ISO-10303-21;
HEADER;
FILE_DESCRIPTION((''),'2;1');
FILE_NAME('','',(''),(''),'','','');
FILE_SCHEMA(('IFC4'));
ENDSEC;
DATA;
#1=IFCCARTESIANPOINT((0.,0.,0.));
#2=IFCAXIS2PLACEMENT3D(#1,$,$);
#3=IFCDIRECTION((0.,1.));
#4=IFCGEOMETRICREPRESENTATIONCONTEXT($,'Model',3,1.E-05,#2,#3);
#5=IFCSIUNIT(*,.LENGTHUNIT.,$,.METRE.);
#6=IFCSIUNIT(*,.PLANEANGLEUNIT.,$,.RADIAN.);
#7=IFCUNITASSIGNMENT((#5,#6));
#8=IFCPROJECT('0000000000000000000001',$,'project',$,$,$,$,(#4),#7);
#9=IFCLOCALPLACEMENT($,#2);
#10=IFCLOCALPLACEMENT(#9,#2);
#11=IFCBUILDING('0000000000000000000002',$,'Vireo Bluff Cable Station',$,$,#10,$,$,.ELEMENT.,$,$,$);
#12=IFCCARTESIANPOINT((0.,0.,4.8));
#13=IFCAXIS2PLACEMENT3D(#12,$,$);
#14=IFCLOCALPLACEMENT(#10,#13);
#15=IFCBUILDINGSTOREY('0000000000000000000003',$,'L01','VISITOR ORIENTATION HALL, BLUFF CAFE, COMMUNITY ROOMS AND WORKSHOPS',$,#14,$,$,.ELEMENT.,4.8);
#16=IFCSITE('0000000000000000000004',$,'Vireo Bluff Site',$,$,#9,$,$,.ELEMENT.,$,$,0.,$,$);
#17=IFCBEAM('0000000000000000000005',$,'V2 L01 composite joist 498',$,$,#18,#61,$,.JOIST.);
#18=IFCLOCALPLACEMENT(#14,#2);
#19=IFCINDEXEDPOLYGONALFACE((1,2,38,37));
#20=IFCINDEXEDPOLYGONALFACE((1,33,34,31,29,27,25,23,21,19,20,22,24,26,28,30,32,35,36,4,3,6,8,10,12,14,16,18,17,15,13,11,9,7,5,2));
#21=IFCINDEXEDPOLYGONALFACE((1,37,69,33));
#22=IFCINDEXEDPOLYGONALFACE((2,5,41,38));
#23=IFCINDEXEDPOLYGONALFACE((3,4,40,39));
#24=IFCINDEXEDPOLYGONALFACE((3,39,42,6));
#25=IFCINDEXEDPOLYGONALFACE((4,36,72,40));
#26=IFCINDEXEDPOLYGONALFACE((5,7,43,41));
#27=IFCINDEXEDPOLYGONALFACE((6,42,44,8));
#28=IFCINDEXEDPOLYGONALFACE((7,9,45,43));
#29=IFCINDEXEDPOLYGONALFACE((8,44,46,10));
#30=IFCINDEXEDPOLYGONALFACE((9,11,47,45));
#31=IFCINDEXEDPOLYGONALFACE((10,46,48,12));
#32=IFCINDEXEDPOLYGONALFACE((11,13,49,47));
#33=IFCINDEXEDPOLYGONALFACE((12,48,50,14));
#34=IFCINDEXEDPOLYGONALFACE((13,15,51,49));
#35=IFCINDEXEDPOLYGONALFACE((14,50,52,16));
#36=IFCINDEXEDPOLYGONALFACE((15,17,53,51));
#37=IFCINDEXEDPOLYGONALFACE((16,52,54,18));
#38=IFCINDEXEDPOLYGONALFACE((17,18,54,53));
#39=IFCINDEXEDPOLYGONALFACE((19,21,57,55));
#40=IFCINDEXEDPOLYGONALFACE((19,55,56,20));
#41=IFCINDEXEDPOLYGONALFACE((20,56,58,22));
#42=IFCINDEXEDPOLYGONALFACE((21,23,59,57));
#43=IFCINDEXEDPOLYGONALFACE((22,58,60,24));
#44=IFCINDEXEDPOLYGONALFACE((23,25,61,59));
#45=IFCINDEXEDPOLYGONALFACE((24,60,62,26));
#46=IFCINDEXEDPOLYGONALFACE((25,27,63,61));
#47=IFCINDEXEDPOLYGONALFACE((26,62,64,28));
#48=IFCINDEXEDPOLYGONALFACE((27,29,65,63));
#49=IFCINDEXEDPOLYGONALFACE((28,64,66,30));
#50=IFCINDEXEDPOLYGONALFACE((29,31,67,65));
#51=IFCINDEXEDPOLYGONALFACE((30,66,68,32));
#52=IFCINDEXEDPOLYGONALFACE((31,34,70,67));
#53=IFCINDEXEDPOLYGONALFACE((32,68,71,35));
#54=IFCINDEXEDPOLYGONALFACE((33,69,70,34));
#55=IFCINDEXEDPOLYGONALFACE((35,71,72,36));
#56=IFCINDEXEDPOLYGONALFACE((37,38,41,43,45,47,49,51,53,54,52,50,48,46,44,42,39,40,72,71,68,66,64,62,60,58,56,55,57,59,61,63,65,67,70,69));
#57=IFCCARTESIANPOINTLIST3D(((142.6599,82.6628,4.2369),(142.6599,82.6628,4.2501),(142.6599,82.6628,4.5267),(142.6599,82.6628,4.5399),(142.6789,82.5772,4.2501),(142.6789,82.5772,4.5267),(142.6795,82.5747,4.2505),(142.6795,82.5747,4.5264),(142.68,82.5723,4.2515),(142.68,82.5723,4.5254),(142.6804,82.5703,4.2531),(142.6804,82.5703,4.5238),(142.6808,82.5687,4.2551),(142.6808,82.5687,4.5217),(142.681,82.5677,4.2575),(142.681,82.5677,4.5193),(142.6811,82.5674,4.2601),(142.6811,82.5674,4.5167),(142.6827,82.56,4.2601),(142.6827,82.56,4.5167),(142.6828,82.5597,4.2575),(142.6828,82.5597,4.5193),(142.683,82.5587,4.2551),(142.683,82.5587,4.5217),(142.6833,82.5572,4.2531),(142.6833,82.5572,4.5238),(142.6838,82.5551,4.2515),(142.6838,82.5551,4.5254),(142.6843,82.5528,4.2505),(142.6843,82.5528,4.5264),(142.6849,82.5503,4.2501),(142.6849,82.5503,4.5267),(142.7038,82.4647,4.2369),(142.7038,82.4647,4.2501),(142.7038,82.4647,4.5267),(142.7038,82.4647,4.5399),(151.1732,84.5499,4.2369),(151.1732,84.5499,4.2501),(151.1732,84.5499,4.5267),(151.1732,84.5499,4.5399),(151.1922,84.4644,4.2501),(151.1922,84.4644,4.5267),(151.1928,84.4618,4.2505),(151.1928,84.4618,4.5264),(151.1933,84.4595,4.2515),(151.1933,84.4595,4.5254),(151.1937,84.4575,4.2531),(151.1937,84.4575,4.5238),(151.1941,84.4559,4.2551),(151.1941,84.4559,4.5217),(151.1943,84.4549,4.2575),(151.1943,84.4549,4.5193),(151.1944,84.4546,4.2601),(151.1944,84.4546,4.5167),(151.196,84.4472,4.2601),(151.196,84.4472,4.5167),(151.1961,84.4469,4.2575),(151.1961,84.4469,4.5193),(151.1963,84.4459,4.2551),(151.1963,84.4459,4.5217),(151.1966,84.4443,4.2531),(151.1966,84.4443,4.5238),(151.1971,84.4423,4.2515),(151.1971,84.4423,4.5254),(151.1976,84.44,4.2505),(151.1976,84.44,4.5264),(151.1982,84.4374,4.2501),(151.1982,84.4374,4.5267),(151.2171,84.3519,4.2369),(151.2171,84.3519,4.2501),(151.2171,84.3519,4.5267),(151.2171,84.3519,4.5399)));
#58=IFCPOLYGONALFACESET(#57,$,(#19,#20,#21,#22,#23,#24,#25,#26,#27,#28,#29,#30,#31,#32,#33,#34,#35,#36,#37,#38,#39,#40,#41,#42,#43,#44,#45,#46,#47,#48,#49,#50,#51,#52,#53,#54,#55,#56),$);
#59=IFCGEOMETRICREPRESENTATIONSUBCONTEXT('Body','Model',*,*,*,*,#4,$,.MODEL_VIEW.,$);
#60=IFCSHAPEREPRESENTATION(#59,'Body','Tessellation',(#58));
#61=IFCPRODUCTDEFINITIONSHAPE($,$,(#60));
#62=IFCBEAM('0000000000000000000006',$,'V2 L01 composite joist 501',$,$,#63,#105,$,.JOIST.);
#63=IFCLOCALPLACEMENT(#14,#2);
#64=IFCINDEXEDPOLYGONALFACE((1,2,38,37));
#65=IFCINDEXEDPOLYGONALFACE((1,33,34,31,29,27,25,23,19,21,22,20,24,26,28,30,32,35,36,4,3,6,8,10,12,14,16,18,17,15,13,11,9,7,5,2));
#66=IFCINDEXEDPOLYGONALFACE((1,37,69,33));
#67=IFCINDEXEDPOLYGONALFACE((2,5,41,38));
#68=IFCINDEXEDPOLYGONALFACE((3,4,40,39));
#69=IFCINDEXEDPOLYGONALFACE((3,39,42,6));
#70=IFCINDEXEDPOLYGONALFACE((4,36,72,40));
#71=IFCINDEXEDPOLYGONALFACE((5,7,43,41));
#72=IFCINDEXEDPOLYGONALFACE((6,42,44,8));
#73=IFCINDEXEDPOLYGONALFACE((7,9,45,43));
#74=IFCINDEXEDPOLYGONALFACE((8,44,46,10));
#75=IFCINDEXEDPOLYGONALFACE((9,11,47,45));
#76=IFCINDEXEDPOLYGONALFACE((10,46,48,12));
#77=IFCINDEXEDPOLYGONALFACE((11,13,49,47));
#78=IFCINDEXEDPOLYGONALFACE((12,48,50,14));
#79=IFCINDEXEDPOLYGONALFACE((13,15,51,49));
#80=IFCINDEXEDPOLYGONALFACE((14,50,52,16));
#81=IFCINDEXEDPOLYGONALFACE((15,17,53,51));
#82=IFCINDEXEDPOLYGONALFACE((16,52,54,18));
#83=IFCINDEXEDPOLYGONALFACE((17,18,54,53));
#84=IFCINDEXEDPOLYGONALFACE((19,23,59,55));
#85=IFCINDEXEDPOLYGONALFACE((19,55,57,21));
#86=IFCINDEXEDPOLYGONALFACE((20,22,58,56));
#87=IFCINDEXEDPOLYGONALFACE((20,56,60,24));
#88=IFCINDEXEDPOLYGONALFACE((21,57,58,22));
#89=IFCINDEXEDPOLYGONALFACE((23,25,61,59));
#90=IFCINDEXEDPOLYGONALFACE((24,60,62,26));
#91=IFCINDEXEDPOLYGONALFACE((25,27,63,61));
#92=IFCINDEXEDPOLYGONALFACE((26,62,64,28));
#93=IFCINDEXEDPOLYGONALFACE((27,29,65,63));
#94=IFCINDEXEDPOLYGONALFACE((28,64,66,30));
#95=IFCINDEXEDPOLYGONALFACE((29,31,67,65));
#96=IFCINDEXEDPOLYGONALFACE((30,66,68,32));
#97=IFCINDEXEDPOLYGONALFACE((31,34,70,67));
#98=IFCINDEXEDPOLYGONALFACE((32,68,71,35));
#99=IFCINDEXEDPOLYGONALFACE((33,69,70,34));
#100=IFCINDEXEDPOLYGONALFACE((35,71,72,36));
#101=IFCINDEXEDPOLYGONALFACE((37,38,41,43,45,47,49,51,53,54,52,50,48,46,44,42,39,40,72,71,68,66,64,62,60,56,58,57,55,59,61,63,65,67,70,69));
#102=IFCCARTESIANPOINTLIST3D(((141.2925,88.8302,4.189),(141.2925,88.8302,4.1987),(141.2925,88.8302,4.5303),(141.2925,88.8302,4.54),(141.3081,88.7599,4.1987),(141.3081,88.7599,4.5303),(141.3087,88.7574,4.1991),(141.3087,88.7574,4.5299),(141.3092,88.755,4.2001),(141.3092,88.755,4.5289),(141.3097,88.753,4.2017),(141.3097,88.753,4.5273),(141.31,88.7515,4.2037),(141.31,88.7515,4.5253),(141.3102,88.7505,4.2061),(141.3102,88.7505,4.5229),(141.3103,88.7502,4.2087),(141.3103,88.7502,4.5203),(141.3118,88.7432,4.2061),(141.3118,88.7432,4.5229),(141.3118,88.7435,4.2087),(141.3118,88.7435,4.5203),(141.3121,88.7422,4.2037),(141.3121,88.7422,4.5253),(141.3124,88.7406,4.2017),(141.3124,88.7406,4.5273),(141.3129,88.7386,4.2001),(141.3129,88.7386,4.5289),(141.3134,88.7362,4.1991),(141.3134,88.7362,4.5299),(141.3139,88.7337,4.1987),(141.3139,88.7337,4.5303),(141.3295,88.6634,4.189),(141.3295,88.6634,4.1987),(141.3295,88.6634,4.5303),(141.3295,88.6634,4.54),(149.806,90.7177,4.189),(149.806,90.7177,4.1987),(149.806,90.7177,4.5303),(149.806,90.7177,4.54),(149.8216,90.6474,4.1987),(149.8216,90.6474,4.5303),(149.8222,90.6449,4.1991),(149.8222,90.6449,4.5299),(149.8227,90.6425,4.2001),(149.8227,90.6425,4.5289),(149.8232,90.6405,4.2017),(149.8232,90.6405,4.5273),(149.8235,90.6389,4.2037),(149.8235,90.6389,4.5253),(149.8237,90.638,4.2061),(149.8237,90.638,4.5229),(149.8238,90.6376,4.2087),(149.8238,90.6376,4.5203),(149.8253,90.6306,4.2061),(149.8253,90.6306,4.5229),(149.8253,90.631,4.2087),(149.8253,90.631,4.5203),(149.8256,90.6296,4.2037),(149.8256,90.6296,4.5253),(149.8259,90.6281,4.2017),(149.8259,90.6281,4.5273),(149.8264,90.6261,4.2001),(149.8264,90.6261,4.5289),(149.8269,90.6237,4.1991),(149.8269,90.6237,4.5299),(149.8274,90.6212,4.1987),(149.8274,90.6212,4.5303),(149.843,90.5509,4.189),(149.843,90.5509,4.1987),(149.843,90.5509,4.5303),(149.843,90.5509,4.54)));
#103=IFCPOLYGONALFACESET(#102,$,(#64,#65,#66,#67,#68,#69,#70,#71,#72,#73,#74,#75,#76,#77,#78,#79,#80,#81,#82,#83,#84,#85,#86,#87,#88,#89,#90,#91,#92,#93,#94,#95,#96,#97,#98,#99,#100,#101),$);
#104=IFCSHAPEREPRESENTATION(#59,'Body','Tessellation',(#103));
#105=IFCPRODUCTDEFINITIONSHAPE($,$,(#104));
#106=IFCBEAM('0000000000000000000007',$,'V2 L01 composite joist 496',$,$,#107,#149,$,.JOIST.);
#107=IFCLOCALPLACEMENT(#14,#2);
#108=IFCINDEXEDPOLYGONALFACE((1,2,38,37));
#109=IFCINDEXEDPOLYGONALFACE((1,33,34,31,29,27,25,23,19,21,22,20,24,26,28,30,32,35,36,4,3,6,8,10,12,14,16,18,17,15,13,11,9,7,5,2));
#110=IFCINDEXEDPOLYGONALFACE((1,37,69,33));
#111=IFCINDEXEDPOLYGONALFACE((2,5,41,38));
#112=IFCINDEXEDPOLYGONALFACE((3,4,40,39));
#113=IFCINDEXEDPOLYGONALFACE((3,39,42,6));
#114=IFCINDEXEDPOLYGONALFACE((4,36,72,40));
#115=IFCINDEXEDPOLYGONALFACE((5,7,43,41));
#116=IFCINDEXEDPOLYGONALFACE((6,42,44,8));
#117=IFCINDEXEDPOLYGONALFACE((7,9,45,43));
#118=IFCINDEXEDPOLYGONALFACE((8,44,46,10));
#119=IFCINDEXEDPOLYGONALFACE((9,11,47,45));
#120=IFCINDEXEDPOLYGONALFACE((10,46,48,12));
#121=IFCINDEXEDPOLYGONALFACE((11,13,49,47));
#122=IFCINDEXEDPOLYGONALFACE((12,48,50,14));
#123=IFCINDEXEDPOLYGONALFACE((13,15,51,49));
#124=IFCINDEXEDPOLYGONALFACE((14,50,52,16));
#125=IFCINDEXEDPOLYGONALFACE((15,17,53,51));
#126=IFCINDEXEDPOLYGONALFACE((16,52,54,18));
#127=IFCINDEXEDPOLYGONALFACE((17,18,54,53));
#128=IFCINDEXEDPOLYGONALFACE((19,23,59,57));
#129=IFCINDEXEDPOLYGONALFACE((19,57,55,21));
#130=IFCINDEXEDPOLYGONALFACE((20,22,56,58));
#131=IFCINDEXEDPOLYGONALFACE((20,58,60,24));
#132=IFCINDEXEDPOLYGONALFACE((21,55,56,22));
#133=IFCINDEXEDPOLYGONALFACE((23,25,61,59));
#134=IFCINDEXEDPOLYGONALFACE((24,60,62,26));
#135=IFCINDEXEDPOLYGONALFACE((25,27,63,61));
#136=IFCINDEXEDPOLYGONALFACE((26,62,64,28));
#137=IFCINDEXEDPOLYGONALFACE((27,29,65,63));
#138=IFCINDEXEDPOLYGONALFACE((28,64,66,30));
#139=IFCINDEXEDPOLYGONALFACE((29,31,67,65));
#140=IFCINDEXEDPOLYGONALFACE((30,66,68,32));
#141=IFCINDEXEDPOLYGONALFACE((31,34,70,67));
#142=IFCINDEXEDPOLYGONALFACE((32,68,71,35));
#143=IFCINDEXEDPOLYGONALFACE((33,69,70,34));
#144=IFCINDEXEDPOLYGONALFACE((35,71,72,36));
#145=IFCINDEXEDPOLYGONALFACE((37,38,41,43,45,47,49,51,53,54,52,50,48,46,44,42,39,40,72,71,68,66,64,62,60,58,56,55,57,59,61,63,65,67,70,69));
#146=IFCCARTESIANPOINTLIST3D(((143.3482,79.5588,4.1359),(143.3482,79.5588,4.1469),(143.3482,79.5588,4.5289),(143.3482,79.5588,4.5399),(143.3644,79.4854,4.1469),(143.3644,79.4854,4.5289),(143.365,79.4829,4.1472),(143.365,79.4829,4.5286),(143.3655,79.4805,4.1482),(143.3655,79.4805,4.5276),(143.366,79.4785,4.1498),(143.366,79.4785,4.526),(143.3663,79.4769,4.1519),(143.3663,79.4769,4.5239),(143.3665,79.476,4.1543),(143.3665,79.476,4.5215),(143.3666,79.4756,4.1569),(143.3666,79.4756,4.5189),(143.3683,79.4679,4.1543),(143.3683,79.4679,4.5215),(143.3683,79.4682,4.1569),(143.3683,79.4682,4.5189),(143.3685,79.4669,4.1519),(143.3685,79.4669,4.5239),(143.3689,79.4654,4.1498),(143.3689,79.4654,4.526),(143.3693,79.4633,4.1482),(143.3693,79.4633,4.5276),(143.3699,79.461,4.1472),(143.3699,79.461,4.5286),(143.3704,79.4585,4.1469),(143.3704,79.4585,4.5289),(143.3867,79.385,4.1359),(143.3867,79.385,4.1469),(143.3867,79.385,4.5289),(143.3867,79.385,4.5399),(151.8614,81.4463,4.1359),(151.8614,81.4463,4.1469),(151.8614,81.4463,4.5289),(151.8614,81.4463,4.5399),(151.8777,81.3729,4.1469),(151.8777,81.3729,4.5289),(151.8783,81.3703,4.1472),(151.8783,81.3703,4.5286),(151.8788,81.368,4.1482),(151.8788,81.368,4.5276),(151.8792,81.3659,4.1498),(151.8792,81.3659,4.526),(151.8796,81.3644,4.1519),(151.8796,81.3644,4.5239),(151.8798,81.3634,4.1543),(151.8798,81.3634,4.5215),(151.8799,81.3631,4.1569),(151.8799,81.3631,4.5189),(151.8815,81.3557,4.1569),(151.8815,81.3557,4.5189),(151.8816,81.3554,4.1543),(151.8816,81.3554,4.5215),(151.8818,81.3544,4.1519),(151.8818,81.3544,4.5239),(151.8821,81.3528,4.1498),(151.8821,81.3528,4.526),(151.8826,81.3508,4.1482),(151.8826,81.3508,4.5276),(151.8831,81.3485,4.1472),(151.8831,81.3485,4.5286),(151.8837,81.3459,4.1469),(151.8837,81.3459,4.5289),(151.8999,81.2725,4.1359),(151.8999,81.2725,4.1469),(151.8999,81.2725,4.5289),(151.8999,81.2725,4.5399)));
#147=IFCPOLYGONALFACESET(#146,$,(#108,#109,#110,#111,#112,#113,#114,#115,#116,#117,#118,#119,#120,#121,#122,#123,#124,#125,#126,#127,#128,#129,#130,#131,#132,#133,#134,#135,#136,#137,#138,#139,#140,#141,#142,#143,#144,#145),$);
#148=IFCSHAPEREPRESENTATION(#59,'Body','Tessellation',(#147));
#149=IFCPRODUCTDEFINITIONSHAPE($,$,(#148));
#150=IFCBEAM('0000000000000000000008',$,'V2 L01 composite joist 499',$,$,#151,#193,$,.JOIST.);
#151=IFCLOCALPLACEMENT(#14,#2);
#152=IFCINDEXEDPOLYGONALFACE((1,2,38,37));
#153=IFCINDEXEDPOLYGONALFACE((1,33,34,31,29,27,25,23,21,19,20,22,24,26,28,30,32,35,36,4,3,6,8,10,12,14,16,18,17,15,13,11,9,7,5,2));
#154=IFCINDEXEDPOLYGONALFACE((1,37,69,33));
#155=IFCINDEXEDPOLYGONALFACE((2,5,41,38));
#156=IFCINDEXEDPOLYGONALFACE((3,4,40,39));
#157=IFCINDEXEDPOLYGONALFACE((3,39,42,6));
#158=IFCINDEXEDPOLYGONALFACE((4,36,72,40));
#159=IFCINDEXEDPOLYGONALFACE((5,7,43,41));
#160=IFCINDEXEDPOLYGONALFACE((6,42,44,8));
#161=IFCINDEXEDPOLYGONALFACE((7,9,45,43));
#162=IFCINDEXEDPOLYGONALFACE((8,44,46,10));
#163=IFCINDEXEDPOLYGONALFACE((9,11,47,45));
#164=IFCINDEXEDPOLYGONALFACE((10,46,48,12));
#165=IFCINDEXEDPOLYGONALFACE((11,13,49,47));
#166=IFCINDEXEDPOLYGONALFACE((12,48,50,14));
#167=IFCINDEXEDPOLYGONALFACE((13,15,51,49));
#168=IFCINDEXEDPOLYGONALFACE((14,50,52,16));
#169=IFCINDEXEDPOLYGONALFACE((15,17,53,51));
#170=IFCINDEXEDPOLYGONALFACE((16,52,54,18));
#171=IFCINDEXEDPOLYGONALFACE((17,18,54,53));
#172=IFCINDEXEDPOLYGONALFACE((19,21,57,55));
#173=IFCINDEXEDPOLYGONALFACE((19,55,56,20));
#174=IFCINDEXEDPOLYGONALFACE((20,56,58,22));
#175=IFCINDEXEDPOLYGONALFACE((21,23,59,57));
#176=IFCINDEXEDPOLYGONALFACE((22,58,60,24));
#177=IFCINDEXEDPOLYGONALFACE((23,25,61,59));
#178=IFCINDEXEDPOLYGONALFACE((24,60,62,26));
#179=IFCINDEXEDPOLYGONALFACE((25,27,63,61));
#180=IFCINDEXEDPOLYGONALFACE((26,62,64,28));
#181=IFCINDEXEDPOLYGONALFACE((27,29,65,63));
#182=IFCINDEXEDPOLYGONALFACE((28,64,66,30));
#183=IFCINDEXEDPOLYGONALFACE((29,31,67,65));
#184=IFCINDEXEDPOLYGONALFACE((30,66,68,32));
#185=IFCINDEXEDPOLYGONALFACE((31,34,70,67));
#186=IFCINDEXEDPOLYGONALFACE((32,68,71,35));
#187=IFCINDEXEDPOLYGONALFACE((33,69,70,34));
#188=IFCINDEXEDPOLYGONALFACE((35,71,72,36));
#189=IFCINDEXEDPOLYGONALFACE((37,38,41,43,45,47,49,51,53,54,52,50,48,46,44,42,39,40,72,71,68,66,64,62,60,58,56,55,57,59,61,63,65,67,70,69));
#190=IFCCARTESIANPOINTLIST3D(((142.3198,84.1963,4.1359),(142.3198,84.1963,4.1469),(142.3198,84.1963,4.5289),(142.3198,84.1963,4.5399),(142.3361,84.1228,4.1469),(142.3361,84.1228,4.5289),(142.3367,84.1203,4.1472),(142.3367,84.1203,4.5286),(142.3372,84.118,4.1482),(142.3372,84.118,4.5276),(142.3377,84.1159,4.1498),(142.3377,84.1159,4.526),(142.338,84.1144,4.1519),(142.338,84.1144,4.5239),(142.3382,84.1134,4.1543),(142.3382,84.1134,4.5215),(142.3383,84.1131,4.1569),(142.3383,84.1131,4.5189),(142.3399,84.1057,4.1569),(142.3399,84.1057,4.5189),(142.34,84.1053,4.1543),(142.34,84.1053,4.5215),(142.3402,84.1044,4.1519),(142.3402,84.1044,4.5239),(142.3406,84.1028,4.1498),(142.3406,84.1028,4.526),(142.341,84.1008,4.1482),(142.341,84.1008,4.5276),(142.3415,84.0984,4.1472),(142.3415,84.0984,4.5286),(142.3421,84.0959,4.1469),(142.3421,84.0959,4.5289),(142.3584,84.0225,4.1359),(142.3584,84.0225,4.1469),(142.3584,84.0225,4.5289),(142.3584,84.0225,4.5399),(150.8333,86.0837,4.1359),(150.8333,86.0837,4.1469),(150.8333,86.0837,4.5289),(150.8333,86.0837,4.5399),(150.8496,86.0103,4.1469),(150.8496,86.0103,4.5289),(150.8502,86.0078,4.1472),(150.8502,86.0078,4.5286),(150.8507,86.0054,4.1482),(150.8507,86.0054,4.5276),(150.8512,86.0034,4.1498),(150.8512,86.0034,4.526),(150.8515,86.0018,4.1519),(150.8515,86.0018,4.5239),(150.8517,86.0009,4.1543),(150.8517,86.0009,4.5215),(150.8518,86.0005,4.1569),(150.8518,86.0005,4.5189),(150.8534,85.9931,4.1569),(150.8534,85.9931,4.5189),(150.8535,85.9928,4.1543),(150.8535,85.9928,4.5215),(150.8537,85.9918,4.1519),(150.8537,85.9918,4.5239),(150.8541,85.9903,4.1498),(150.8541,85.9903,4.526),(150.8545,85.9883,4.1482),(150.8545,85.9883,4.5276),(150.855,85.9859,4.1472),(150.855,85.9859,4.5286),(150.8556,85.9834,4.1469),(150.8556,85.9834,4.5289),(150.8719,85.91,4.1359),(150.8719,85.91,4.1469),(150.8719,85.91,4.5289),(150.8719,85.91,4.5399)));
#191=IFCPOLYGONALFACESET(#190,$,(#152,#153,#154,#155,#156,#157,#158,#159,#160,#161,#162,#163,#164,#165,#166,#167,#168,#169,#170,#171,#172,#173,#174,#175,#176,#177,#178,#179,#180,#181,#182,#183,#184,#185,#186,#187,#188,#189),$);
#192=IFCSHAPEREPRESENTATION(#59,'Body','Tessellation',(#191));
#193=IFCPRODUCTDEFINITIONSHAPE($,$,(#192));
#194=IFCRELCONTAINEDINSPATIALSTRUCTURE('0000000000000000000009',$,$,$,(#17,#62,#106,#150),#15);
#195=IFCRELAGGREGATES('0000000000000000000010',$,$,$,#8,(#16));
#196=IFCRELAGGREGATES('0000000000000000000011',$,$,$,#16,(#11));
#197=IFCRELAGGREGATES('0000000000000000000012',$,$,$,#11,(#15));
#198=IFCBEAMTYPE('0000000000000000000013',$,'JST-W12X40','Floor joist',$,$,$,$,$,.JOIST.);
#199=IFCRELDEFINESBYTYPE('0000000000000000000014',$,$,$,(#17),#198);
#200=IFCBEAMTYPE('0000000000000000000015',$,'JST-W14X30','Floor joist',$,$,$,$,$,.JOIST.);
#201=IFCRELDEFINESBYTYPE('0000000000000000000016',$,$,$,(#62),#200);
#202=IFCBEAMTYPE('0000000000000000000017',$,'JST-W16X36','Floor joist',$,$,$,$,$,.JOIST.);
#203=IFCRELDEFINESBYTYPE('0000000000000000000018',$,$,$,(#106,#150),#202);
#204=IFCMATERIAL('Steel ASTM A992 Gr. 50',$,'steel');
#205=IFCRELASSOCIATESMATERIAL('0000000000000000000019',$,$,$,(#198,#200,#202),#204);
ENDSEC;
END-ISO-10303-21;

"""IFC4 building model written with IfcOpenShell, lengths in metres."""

from ifc_helpers import new_model, si_unit, direction, frame, origin, origin_2d, place, context, subcontext, project, spatial, i_section, extrude, material, material_profile, profile_set, type_object, element, save


model = new_model("IFC4")

# Units and contexts
model_context = context("Model", 3, precision=1e-05, world=origin(), true_north=direction((0.0, 1.0)))
body_context = subcontext(model_context, "Body", "Model", "MODEL_VIEW")
ifc_project = project(units=[si_unit("LENGTHUNIT", "METRE"), si_unit("PLANEANGLEUNIT", "RADIAN")], contexts=[model_context])

# Site, building, storey
site_placement = place(None, origin())
site = spatial("IfcSite", under=ifc_project, at=site_placement, Name="Vireo Bluff Site", CompositionType="ELEMENT", RefElevation=0.0)
building_placement = place(site_placement, origin())
building = spatial("IfcBuilding", under=site, at=building_placement, Name="Vireo Bluff Cable Station", CompositionType="ELEMENT")
storey_placement = place(building_placement, frame((0.0, 0.0, 4.8)))
storey = spatial("IfcBuildingStorey", under=building, at=storey_placement, Name="L01", Description="VISITOR ORIENTATION HALL, BLUFF CAFE, COMMUNITY ROOMS AND WORKSHOPS", CompositionType="ELEMENT", Elevation=4.8)

# Shared definitions
ifc_material_1 = material(Name="Steel ASTM A992 Gr. 50", Category="steel")

# Beams
ifc_material_profile_1 = material_profile(ifc_material_1, i_section(OverallWidth=0.2029, OverallDepth=0.303, WebThickness=0.0076, FlangeThickness=0.0132, FilletRadius=0.01, at=origin_2d()), Name="W12X40")
ifc_profile_set_1 = profile_set([ifc_material_profile_1], Name="Steel ASTM A992 Gr. 50")
beam_type_1 = type_object("IfcBeamType", Name="JST-W12X40", Description="Floor joist", PredefinedType="JOIST", material=ifc_profile_set_1)
beam_1_placement = place(storey_placement, frame((142.6819, 82.5637, 4.3884), z_axis=(0.9763, 0.216421, 0.0), x_axis=(-0.216421, 0.9763, 0.0)))
element("IfcBeam", 1, at=beam_1_placement, inside=storey, type_object=beam_type_1, Name="V2 L01 composite joist 498", PredefinedType="JOIST", context=body_context, shape_type="SweptSolid", body=[
    extrude(i_section(OverallWidth=0.2029, OverallDepth=0.303, WebThickness=0.0076, FlangeThickness=0.0132, FilletRadius=0.01, at=origin_2d()), origin(), (0.0, 0.0, 1.0), 8.72),
])
ifc_material_profile_2 = material_profile(ifc_material_1, i_section(OverallWidth=0.1709, OverallDepth=0.3511, WebThickness=0.0068, FlangeThickness=0.0098, FilletRadius=0.01, at=origin_2d()), Name="W14X30")
ifc_profile_set_2 = profile_set([ifc_material_profile_2], Name="Steel ASTM A992 Gr. 50")
beam_type_2 = type_object("IfcBeamType", Name="JST-W14X30", Description="Floor joist", PredefinedType="JOIST", material=ifc_profile_set_2)
beam_2_placement = place(storey_placement, frame((141.311, 88.7468, 4.3645), z_axis=(0.976294, 0.216447, 0.0), x_axis=(-0.216447, 0.976294, 0.0)))
element("IfcBeam", 2, at=beam_2_placement, inside=storey, type_object=beam_type_2, Name="V2 L01 composite joist 501", PredefinedType="JOIST", context=body_context, shape_type="SweptSolid", body=[
    extrude(i_section(OverallWidth=0.1709, OverallDepth=0.3511, WebThickness=0.0068, FlangeThickness=0.0098, FilletRadius=0.01, at=origin_2d()), origin(), (0.0, 0.0, 1.0), 8.7202),
])
ifc_material_profile_3 = material_profile(ifc_material_1, i_section(OverallWidth=0.178, OverallDepth=0.4041, WebThickness=0.0076, FlangeThickness=0.011, FilletRadius=0.01, at=origin_2d()), Name="W16X36")
ifc_profile_set_3 = profile_set([ifc_material_profile_3], Name="Steel ASTM A992 Gr. 50")
beam_type_3 = type_object("IfcBeamType", Name="JST-W16X36", Description="Floor joist", PredefinedType="JOIST", material=ifc_profile_set_3)
beam_3_placement = place(storey_placement, frame((143.3674, 79.4719, 4.3379), z_axis=(0.976293, 0.216453, 0.0), x_axis=(-0.216453, 0.976293, 0.0)))
element("IfcBeam", 3, at=beam_3_placement, inside=storey, type_object=beam_type_3, Name="V2 L01 composite joist 496", PredefinedType="JOIST", context=body_context, shape_type="SweptSolid", body=[
    extrude(i_section(OverallWidth=0.178, OverallDepth=0.4041, WebThickness=0.0076, FlangeThickness=0.011, FilletRadius=0.01, at=origin_2d()), origin(), (0.0, 0.0, 1.0), 8.72),
])
beam_4_placement = place(storey_placement, frame((142.3391, 84.1094, 4.3379), z_axis=(0.976294, 0.216447, 0.0), x_axis=(-0.216447, 0.976294, 0.0)))
element("IfcBeam", 4, at=beam_4_placement, inside=storey, type_object=beam_type_3, Name="V2 L01 composite joist 499", PredefinedType="JOIST", context=body_context, shape_type="SweptSolid", body=[
    extrude(i_section(OverallWidth=0.178, OverallDepth=0.4041, WebThickness=0.0076, FlangeThickness=0.011, FilletRadius=0.01, at=origin_2d()), origin(), (0.0, 0.0, 1.0), 8.7202),
])

save(model, "model.ifc")
